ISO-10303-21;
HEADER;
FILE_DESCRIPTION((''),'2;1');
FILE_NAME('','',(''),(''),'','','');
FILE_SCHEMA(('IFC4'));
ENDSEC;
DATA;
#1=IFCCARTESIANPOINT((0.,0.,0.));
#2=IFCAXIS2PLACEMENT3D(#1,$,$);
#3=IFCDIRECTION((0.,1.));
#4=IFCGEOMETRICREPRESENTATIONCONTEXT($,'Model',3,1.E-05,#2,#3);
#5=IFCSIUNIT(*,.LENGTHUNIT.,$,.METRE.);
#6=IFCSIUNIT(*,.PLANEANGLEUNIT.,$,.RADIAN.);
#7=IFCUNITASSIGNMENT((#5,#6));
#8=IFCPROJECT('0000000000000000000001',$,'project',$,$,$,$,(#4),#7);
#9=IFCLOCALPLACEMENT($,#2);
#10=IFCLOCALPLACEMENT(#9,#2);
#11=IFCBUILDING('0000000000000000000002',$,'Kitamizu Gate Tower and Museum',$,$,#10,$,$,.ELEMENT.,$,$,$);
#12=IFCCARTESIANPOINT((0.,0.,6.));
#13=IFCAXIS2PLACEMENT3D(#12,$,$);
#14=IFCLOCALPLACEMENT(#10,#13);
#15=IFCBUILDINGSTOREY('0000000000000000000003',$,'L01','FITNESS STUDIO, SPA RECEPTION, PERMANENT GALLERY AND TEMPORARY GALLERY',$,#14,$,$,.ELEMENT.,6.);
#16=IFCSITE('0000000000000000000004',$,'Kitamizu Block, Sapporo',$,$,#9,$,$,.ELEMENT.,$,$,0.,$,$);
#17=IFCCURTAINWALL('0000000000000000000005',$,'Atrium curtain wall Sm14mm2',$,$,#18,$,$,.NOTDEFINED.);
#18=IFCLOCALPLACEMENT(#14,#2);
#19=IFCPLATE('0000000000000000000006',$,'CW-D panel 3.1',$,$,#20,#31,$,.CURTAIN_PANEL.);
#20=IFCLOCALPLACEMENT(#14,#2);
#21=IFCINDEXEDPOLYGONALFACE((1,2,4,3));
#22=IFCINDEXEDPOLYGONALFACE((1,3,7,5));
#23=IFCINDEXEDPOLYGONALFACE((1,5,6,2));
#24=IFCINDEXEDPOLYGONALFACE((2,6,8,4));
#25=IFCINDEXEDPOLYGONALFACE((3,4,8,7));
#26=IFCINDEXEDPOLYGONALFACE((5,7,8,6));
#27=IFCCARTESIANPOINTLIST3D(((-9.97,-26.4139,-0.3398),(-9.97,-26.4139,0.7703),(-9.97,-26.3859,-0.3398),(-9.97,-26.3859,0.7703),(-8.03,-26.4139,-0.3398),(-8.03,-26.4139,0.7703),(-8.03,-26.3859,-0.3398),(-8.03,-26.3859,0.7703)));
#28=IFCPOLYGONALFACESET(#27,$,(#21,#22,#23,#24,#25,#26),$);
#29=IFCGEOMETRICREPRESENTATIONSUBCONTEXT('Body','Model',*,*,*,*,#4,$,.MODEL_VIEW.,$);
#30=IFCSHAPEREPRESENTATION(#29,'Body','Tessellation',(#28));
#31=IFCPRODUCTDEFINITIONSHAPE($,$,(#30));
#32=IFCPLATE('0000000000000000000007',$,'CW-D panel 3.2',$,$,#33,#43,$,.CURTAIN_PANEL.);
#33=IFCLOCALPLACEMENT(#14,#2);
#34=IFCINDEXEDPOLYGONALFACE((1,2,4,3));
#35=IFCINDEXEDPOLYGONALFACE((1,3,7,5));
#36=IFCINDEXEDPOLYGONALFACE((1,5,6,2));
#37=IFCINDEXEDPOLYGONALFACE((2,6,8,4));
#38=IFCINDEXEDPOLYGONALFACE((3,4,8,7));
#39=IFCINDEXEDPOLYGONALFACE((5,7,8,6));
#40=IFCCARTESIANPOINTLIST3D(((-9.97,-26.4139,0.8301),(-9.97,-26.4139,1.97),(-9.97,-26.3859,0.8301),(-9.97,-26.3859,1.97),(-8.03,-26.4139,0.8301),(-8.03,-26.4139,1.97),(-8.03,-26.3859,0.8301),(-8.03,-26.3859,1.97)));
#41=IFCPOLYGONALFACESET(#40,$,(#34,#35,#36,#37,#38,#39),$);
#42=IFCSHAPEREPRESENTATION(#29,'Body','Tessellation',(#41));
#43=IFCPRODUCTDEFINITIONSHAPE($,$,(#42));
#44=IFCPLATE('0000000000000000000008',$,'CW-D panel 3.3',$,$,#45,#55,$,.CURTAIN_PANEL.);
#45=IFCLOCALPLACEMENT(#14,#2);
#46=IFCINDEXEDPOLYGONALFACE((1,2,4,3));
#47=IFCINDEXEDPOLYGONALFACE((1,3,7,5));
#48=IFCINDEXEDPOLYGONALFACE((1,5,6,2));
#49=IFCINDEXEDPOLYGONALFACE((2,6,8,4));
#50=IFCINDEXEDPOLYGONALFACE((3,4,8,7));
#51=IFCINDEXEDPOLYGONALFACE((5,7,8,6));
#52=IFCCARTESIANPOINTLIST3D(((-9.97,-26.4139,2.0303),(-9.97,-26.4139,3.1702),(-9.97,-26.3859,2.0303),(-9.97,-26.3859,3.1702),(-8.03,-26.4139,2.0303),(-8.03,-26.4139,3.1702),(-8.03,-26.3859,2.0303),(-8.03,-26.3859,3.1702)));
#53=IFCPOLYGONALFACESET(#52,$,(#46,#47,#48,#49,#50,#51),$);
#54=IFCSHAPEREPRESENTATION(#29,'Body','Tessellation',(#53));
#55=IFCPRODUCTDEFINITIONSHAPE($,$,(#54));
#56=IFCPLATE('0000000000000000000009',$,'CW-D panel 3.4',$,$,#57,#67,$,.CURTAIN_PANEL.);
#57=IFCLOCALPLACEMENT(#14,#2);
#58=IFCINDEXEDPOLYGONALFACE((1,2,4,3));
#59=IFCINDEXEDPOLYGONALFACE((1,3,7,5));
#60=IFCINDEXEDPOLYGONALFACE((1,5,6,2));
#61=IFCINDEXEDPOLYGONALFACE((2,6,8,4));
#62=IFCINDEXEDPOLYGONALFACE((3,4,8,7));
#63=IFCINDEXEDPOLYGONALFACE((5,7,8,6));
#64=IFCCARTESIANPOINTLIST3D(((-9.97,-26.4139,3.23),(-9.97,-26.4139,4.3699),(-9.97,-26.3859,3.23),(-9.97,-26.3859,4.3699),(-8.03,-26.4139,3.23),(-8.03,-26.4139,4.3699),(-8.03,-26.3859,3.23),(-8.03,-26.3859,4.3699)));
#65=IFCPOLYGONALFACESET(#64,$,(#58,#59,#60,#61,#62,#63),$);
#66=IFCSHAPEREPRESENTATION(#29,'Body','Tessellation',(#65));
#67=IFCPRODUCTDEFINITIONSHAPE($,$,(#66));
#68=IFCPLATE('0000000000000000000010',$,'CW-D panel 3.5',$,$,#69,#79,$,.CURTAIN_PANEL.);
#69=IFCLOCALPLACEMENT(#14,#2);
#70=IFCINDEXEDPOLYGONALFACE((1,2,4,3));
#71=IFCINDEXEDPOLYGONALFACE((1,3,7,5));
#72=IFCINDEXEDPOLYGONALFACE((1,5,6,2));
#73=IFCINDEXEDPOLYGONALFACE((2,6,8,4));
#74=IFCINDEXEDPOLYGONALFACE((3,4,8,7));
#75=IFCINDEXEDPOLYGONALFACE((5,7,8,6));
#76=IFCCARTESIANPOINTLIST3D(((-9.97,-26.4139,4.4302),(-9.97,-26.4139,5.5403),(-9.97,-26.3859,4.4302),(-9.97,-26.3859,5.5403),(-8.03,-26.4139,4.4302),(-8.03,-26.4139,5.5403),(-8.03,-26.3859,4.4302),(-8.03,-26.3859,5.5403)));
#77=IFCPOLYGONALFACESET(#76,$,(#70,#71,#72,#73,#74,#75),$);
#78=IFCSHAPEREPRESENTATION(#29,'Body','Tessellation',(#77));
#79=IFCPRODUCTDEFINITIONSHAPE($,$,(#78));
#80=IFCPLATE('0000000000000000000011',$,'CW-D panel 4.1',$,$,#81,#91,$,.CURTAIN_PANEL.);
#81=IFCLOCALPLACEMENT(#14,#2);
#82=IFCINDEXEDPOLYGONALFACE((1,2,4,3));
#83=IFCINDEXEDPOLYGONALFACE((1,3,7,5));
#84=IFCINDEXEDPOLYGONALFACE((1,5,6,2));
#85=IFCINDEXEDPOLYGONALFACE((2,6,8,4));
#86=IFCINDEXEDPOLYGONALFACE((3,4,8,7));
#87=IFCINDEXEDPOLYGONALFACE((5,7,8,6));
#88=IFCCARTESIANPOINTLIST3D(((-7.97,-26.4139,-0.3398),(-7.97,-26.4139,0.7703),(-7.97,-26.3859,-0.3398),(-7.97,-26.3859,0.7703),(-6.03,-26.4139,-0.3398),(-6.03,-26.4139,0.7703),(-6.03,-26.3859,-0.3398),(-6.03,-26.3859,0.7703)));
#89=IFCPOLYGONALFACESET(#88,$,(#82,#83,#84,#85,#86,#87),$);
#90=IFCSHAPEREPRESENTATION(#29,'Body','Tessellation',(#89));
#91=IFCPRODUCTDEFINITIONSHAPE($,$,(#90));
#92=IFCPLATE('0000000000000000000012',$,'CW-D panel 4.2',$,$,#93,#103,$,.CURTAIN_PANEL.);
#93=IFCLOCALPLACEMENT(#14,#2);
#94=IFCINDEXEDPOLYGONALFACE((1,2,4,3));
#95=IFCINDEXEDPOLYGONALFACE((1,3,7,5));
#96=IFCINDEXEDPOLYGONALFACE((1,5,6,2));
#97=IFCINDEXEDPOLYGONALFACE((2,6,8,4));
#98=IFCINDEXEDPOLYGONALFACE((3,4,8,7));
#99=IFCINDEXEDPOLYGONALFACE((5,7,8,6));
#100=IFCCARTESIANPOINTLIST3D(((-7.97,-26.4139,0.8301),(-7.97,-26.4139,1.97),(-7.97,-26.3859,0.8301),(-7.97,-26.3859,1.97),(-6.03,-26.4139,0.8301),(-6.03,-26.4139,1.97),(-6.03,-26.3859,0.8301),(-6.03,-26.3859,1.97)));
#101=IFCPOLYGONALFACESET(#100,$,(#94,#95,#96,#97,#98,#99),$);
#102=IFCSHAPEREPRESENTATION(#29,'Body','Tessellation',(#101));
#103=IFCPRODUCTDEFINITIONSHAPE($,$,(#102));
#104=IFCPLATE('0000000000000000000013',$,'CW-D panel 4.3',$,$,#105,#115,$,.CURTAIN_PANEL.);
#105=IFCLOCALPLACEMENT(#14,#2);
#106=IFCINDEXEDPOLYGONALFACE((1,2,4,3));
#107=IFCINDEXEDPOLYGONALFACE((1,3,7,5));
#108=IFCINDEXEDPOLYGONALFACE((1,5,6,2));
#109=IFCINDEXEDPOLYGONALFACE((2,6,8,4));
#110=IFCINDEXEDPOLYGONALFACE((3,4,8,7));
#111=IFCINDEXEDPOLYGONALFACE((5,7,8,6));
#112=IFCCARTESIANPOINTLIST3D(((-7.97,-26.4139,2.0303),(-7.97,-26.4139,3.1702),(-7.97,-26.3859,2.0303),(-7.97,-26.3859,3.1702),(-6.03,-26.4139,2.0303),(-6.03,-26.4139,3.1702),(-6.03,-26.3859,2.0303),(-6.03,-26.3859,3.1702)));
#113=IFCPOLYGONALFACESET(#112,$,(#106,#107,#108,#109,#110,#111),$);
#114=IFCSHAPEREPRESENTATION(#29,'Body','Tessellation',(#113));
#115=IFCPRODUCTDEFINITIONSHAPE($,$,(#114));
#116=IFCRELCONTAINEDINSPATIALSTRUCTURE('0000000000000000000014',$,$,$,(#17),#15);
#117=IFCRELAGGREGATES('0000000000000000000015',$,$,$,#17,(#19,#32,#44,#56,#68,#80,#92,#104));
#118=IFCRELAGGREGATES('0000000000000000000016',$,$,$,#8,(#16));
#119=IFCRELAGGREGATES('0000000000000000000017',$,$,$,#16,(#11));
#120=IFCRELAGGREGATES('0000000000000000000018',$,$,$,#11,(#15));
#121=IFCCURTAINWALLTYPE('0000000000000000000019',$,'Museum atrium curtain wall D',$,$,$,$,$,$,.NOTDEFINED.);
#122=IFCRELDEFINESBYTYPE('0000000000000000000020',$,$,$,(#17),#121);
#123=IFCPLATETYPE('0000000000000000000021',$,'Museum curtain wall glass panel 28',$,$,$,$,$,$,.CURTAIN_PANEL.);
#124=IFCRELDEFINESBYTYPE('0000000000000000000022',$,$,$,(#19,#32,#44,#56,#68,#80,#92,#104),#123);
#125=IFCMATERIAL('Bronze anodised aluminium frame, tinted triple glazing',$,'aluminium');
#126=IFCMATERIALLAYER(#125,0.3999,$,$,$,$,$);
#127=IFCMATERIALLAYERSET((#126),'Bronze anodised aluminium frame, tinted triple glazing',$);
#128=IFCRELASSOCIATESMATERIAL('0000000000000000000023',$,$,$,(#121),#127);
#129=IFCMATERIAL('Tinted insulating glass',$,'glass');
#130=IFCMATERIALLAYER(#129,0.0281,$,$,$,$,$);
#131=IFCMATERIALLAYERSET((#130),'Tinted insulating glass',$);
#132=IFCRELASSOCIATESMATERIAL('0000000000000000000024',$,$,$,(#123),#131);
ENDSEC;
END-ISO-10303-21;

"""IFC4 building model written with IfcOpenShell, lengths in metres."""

from ifc_helpers import new_model, si_unit, direction, frame, origin, origin_2d, place, context, subcontext, project, spatial, rectangle, extrude, material, layer, layer_set, type_object, element, aggregate, save


model = new_model("IFC4")

# Units and contexts
model_context = context("Model", 3, precision=1e-05, world=origin(), true_north=direction((0.0, 1.0)))
body_context = subcontext(model_context, "Body", "Model", "MODEL_VIEW")
ifc_project = project(units=[si_unit("LENGTHUNIT", "METRE"), si_unit("PLANEANGLEUNIT", "RADIAN")], contexts=[model_context])

# Site, building, storey
site_placement = place(None, origin())
site = spatial("IfcSite", under=ifc_project, at=site_placement, Name="Kitamizu Block, Sapporo", CompositionType="ELEMENT", RefElevation=0.0)
building_placement = place(site_placement, origin())
building = spatial("IfcBuilding", under=site, at=building_placement, Name="Kitamizu Gate Tower and Museum", CompositionType="ELEMENT")
storey_placement = place(building_placement, frame((0.0, 0.0, 6.0)))
storey = spatial("IfcBuildingStorey", under=building, at=storey_placement, Name="L01", Description="FITNESS STUDIO, SPA RECEPTION, PERMANENT GALLERY AND TEMPORARY GALLERY", CompositionType="ELEMENT", Elevation=6.0)

# Curtain wall, plates
ifc_material_1 = material(Name="Bronze anodised aluminium frame, tinted triple glazing", Category="aluminium")
ifc_layer_1 = layer(ifc_material_1, 0.3999)
ifc_layer_set_1 = layer_set([ifc_layer_1], Name="Bronze anodised aluminium frame, tinted triple glazing")
curtain_wall_type = type_object("IfcCurtainWallType", Name="Museum atrium curtain wall D", PredefinedType="NOTDEFINED", material=ifc_layer_set_1)
curtain_wall_placement = place(storey_placement, origin())
curtain_wall = element("IfcCurtainWall", 1, at=curtain_wall_placement, inside=storey, type_object=curtain_wall_type, Name="Atrium curtain wall Sm14mm2", PredefinedType="NOTDEFINED")
ifc_material_2 = material(Name="Tinted insulating glass", Category="glass")
ifc_layer_2 = layer(ifc_material_2, 0.0281)
ifc_layer_set_2 = layer_set([ifc_layer_2], Name="Tinted insulating glass")
plate_type = type_object("IfcPlateType", Name="Museum curtain wall glass panel 28", PredefinedType="CURTAIN_PANEL", material=ifc_layer_set_2)
plate_1_placement = place(storey_placement, frame((-9.0, -26.3999, -0.3398), z_axis=(0.0, 0.0, 1.0), x_axis=(1.0, 0.0, 0.0)))
plate_1 = element("IfcPlate", 2, at=plate_1_placement, type_object=plate_type, Name="CW-D panel 3.1", PredefinedType="CURTAIN_PANEL", context=body_context, shape_type="SweptSolid", body=[
    extrude(rectangle(XDim=1.9399, YDim=0.0281, at=origin_2d()), origin(), (0.0, 0.0, 1.0), 1.1101),
])
plate_2_placement = place(storey_placement, frame((-9.0, -26.3999, 0.8301), z_axis=(0.0, 0.0, 1.0), x_axis=(1.0, 0.0, 0.0)))
plate_2 = element("IfcPlate", 3, at=plate_2_placement, type_object=plate_type, Name="CW-D panel 3.2", PredefinedType="CURTAIN_PANEL", context=body_context, shape_type="SweptSolid", body=[
    extrude(rectangle(XDim=1.9399, YDim=0.0281, at=origin_2d()), origin(), (0.0, 0.0, 1.0), 1.1399),
])
plate_3_placement = place(storey_placement, frame((-9.0, -26.3999, 2.0303), z_axis=(0.0, 0.0, 1.0), x_axis=(1.0, 0.0, 0.0)))
plate_3 = element("IfcPlate", 4, at=plate_3_placement, type_object=plate_type, Name="CW-D panel 3.3", PredefinedType="CURTAIN_PANEL", context=body_context, shape_type="SweptSolid", body=[
    extrude(rectangle(XDim=1.9399, YDim=0.0281, at=origin_2d()), origin(), (0.0, 0.0, 1.0), 1.1399),
])
plate_4_placement = place(storey_placement, frame((-9.0, -26.3999, 3.23), z_axis=(0.0, 0.0, 1.0), x_axis=(1.0, 0.0, 0.0)))
plate_4 = element("IfcPlate", 5, at=plate_4_placement, type_object=plate_type, Name="CW-D panel 3.4", PredefinedType="CURTAIN_PANEL", context=body_context, shape_type="SweptSolid", body=[
    extrude(rectangle(XDim=1.9399, YDim=0.0281, at=origin_2d()), origin(), (0.0, 0.0, 1.0), 1.1399),
])
plate_5_placement = place(storey_placement, frame((-9.0, -26.3999, 4.4302), z_axis=(0.0, 0.0, 1.0), x_axis=(1.0, 0.0, 0.0)))
plate_5 = element("IfcPlate", 6, at=plate_5_placement, type_object=plate_type, Name="CW-D panel 3.5", PredefinedType="CURTAIN_PANEL", context=body_context, shape_type="SweptSolid", body=[
    extrude(rectangle(XDim=1.9399, YDim=0.0281, at=origin_2d()), origin(), (0.0, 0.0, 1.0), 1.1101),
])
plate_6_placement = place(storey_placement, frame((-7.0, -26.3999, -0.3398), z_axis=(0.0, 0.0, 1.0), x_axis=(1.0, 0.0, 0.0)))
plate_6 = element("IfcPlate", 7, at=plate_6_placement, type_object=plate_type, Name="CW-D panel 4.1", PredefinedType="CURTAIN_PANEL", context=body_context, shape_type="SweptSolid", body=[
    extrude(rectangle(XDim=1.9399, YDim=0.0281, at=origin_2d()), origin(), (0.0, 0.0, 1.0), 1.1101),
])
plate_7_placement = place(storey_placement, frame((-7.0, -26.3999, 0.8301), z_axis=(0.0, 0.0, 1.0), x_axis=(1.0, 0.0, 0.0)))
plate_7 = element("IfcPlate", 8, at=plate_7_placement, type_object=plate_type, Name="CW-D panel 4.2", PredefinedType="CURTAIN_PANEL", context=body_context, shape_type="SweptSolid", body=[
    extrude(rectangle(XDim=1.9399, YDim=0.0281, at=origin_2d()), origin(), (0.0, 0.0, 1.0), 1.1399),
])
plate_8_placement = place(storey_placement, frame((-7.0, -26.3999, 2.0303), z_axis=(0.0, 0.0, 1.0), x_axis=(1.0, 0.0, 0.0)))
plate_8 = element("IfcPlate", 9, at=plate_8_placement, type_object=plate_type, Name="CW-D panel 4.3", PredefinedType="CURTAIN_PANEL", context=body_context, shape_type="SweptSolid", body=[
    extrude(rectangle(XDim=1.9399, YDim=0.0281, at=origin_2d()), origin(), (0.0, 0.0, 1.0), 1.1399),
])
aggregate(curtain_wall, [plate_1, plate_2, plate_3, plate_4, plate_5, plate_6, plate_7, plate_8])

save(model, "model.ifc")
